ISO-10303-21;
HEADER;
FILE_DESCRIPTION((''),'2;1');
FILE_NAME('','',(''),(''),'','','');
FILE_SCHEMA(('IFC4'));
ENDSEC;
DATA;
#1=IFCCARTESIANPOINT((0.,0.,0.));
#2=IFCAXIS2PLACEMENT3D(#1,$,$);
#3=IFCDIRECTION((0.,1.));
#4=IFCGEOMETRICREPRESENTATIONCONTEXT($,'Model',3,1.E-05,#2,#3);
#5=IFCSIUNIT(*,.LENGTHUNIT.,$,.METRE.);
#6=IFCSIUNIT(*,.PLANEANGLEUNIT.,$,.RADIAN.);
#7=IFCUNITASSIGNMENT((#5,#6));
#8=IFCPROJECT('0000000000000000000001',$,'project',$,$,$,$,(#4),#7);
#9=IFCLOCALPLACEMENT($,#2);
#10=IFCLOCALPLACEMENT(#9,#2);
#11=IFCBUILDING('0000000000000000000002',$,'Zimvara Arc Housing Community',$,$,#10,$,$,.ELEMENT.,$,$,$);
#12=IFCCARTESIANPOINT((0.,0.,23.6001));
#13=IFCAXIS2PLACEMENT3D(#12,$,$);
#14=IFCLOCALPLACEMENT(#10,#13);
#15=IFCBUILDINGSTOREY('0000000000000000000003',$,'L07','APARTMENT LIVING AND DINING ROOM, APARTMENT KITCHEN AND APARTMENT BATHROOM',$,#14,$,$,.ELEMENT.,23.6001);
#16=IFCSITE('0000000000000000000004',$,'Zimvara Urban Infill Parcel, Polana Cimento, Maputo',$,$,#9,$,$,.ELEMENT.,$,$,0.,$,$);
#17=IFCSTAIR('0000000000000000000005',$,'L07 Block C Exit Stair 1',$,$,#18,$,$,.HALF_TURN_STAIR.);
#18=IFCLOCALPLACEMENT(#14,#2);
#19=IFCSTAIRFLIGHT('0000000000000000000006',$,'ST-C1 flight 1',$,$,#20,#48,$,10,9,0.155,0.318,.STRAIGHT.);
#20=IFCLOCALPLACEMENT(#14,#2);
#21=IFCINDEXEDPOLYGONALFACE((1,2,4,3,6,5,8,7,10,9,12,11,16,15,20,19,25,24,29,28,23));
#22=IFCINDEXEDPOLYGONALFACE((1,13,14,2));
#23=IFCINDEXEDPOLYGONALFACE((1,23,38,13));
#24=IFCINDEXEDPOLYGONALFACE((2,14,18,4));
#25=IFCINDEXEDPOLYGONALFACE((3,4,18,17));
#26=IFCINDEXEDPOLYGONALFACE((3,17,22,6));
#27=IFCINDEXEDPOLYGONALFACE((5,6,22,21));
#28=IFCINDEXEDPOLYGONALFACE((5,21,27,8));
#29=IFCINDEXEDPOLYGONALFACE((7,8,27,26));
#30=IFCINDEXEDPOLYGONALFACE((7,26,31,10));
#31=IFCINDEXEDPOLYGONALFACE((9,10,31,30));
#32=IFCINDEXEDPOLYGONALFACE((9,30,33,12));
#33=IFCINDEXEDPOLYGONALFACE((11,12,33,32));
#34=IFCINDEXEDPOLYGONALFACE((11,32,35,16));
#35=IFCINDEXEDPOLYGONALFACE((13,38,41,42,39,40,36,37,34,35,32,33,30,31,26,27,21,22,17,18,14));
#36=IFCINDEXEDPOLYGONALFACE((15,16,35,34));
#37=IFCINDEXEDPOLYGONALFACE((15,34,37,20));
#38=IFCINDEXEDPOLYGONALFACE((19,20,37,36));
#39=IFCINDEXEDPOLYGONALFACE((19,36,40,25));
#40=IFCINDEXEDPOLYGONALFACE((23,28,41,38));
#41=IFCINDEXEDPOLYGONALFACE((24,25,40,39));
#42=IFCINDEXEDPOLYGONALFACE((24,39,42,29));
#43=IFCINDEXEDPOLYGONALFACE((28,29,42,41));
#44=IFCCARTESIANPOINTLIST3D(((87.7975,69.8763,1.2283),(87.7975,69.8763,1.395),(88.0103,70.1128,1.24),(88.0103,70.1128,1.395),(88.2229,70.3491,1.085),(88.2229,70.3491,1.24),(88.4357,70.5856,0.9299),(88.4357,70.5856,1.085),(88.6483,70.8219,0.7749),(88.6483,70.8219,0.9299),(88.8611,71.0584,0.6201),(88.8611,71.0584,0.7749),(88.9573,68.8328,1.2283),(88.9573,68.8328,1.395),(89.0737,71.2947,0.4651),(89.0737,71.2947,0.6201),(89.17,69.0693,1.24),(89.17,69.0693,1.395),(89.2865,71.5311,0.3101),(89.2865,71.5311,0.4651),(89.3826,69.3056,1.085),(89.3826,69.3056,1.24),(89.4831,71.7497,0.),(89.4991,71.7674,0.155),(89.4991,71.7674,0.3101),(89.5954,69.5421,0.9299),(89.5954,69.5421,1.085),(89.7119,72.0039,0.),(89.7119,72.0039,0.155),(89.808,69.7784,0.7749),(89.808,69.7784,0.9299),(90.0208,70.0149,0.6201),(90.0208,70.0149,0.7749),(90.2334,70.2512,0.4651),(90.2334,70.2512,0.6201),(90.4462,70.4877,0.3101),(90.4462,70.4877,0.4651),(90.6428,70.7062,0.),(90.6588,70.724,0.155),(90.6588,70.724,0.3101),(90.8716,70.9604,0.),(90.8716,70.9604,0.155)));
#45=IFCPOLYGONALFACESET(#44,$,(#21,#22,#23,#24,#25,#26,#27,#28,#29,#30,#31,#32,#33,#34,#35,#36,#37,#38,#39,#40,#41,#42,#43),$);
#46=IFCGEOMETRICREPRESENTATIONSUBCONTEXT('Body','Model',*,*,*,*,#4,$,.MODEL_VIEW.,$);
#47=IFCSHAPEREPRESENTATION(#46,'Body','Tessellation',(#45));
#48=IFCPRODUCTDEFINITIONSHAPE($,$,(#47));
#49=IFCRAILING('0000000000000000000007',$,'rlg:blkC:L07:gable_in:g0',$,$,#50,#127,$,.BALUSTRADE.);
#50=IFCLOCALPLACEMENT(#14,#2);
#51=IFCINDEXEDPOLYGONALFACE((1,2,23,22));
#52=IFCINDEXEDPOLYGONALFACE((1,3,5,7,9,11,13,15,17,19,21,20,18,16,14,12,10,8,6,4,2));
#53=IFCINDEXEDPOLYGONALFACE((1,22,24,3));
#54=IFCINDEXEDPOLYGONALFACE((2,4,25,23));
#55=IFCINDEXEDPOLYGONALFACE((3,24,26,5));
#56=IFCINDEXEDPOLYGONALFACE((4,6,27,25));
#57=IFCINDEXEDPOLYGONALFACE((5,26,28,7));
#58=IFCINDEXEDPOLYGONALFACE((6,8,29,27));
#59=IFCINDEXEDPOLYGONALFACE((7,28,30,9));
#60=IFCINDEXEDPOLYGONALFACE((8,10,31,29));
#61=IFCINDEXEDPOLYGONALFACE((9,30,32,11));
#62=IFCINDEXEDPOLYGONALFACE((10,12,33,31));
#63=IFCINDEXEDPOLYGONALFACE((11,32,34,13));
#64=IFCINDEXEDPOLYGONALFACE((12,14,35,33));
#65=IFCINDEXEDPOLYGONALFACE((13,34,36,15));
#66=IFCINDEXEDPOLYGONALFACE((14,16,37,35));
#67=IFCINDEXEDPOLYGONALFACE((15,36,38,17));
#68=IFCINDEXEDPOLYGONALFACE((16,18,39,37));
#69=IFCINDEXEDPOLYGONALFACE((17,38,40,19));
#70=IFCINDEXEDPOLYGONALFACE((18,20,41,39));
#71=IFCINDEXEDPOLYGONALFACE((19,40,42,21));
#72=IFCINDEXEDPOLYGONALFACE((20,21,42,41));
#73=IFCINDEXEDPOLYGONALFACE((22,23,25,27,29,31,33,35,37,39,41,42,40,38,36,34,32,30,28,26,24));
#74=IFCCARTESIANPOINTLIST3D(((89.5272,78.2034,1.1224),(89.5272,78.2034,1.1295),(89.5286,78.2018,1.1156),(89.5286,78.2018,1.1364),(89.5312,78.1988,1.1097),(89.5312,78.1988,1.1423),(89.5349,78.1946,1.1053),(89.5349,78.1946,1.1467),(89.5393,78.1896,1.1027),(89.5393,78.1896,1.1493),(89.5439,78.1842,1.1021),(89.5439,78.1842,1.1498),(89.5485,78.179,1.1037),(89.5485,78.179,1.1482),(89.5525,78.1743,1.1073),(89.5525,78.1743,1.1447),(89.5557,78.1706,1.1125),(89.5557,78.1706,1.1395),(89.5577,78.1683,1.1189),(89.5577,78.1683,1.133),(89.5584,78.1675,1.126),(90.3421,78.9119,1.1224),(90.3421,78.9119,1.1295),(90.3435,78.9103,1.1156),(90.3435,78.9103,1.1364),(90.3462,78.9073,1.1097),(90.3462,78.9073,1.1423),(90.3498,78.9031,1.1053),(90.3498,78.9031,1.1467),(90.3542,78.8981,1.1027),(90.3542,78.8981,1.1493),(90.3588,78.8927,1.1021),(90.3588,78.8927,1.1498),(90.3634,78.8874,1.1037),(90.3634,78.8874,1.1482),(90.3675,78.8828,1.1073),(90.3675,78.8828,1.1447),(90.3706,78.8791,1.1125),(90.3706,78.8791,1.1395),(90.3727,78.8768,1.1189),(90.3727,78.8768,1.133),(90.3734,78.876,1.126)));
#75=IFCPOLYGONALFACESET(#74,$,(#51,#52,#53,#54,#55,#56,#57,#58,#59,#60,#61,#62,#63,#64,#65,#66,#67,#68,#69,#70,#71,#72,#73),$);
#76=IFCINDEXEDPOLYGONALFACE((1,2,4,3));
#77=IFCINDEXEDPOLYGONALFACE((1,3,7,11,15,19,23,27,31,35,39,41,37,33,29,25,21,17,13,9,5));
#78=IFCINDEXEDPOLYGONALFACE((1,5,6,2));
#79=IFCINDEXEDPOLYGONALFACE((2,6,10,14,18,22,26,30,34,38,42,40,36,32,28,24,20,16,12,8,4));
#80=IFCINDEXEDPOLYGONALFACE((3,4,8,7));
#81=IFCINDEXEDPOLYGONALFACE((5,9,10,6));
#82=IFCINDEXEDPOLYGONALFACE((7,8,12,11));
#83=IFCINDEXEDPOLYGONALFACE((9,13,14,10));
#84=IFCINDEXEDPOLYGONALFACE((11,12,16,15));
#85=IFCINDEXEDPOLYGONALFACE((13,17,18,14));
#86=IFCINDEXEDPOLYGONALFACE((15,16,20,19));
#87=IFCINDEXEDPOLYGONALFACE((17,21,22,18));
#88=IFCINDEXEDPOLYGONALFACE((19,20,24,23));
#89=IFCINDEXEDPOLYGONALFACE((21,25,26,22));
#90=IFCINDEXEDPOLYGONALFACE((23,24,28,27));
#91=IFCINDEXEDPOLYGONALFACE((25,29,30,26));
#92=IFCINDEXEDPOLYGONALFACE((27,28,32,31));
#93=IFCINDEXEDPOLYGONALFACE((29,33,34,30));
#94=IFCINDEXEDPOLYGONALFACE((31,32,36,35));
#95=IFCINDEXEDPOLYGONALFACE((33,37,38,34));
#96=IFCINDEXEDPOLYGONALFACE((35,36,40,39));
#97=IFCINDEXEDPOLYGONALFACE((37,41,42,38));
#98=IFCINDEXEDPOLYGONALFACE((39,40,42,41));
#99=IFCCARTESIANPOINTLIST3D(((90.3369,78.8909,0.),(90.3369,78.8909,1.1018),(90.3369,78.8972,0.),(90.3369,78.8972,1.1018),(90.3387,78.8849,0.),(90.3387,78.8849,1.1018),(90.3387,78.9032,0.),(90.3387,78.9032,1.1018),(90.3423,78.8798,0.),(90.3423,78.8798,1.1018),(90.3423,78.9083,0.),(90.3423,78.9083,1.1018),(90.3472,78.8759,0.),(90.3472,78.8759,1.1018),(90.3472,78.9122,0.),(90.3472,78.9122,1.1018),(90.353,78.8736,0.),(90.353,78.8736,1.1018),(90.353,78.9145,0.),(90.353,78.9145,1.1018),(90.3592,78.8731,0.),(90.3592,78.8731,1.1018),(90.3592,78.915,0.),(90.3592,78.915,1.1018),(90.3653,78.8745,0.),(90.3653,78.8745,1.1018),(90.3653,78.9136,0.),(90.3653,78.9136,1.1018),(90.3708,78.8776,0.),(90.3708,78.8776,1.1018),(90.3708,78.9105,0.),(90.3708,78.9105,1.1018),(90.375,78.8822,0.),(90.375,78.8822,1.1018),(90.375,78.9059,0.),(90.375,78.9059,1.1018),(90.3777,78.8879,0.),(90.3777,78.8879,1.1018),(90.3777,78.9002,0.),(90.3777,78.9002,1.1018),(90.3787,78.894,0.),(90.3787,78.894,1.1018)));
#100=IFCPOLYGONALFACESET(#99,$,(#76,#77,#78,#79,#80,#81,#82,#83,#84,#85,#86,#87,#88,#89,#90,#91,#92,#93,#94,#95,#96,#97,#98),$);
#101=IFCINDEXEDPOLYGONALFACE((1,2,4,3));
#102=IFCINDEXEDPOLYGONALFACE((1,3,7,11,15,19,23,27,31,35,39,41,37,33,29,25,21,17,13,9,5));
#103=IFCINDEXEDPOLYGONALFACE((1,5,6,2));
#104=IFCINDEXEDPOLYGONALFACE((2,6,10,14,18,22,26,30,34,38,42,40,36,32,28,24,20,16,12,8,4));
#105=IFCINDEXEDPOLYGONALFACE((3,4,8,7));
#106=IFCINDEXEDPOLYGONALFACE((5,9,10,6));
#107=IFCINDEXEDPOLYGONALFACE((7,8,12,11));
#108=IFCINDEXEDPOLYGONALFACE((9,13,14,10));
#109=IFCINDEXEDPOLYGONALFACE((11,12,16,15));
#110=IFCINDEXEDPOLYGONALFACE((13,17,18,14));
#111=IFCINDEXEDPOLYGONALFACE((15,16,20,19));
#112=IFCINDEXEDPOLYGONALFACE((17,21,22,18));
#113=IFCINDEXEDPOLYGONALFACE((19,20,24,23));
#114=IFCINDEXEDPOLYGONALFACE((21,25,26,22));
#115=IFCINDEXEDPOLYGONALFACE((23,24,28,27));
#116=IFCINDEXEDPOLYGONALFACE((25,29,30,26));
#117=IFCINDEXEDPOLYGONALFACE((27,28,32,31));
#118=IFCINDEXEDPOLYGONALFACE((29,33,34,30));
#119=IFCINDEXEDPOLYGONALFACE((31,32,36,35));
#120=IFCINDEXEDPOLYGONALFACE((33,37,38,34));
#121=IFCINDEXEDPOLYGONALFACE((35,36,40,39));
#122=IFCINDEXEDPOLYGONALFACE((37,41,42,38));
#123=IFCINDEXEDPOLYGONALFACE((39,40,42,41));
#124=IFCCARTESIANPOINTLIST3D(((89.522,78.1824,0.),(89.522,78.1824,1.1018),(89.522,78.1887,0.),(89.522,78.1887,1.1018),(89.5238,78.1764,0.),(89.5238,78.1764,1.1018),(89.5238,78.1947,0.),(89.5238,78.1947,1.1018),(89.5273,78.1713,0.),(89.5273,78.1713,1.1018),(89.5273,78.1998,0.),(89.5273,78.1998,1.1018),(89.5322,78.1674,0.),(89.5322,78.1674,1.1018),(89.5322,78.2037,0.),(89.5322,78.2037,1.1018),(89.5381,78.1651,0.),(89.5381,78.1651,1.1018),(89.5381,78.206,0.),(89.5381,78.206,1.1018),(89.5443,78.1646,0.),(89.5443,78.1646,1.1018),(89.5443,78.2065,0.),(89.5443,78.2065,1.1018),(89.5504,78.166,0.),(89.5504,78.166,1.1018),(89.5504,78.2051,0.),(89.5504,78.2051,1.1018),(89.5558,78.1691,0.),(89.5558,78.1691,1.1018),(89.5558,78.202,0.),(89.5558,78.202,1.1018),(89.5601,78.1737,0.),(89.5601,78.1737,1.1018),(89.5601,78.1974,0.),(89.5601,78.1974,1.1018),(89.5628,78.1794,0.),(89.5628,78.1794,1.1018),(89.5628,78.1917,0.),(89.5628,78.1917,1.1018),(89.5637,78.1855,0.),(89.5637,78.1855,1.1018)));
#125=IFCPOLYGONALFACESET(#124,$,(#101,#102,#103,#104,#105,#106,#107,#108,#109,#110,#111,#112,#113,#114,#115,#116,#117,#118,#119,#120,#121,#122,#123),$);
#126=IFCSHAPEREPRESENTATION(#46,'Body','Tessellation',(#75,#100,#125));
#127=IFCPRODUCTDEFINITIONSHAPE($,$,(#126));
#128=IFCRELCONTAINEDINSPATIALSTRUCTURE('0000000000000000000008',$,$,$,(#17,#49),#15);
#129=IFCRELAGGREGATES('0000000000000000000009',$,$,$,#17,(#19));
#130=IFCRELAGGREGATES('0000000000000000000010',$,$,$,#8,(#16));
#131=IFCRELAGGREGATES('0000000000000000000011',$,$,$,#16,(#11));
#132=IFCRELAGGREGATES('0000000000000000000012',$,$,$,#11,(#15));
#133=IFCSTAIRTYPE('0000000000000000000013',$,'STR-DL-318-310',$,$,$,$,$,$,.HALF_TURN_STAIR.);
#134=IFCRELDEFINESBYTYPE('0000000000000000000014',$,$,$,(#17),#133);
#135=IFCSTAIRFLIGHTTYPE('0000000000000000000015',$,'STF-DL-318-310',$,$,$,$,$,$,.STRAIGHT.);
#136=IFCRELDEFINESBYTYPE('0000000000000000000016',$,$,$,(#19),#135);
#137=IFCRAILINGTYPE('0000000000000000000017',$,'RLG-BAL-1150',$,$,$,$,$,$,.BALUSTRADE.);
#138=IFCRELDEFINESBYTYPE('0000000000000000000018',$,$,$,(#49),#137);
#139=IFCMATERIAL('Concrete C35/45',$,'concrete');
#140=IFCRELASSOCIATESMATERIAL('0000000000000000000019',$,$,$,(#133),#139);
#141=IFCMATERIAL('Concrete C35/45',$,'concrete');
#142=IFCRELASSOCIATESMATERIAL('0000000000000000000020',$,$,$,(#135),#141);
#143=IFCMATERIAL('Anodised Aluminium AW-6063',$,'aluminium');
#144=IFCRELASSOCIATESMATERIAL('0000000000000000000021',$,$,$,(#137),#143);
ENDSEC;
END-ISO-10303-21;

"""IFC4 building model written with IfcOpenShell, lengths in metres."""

from ifc_helpers import new_model, si_unit, direction, frame, origin, origin_2d, place, context, subcontext, project, spatial, polyline, circle, outline, extrude, material, type_object, element, aggregate, save


model = new_model("IFC4")

# Units and contexts
model_context = context("Model", 3, precision=1e-05, world=origin(), true_north=direction((0.0, 1.0)))
body_context = subcontext(model_context, "Body", "Model", "MODEL_VIEW")
ifc_project = project(units=[si_unit("LENGTHUNIT", "METRE"), si_unit("PLANEANGLEUNIT", "RADIAN")], contexts=[model_context])

# Site, building, storey
site_placement = place(None, origin())
site = spatial("IfcSite", under=ifc_project, at=site_placement, Name="Zimvara Urban Infill Parcel, Polana Cimento, Maputo", CompositionType="ELEMENT", RefElevation=0.0)
building_placement = place(site_placement, origin())
building = spatial("IfcBuilding", under=site, at=building_placement, Name="Zimvara Arc Housing Community", CompositionType="ELEMENT")
storey_placement = place(building_placement, frame((0.0, 0.0, 23.6001)))
storey = spatial("IfcBuildingStorey", under=building, at=storey_placement, Name="L07", Description="APARTMENT LIVING AND DINING ROOM, APARTMENT KITCHEN AND APARTMENT BATHROOM", CompositionType="ELEMENT", Elevation=23.6001)

# Stair, stair flight
ifc_material_1 = material(Name="Concrete C35/45", Category="concrete")
stair_type = type_object("IfcStairType", Name="STR-DL-318-310", PredefinedType="HALF_TURN_STAIR", material=ifc_material_1)
stair_placement = place(storey_placement, origin())
stair = element("IfcStair", 1, at=stair_placement, inside=storey, type_object=stair_type, Name="L07 Block C Exit Stair 1", PredefinedType="HALF_TURN_STAIR")
ifc_material_2 = material(Name="Concrete C35/45", Category="concrete")
stair_flight_type = type_object("IfcStairFlightType", Name="STF-DL-318-310", PredefinedType="STRAIGHT", material=ifc_material_2)
stair_flight_placement = place(storey_placement, frame((90.2917, 71.4822, 0.0), z_axis=(0.0, 0.0, 1.0), x_axis=(-0.668871, -0.743378, 0.0)))
stair_flight = element("IfcStairFlight", 2, at=stair_flight_placement, type_object=stair_flight_type, Name="ST-C1 flight 1", NumberOfRisers=10, NumberOfTreads=9, PredefinedType="STRAIGHT", RiserHeight=0.155, TreadLength=0.318, context=body_context, shape_type="SweptSolid", body=[
    extrude(outline(polyline([(0.0, 0.0), (0.0, 0.155), (0.3181, 0.155), (0.3181, 0.3101), (0.636, 0.3101), (0.636, 0.4651), (0.9541, 0.4651), (0.9541, 0.6201), (1.272, 0.6201), (1.272, 0.7749), (1.5901, 0.7749), (1.5901, 0.9299), (1.908, 0.9299), (1.908, 1.085), (2.2261, 1.085), (2.2261, 1.24), (2.5439, 1.24), (2.5439, 1.395), (2.8621, 1.395), (2.8621, 1.55), (2.8621, 1.2283), (0.342, 0.0), (0.0, 0.0)])), frame((0.0, 0.78, 0.0), z_axis=(0.0, -1.0, 0.0), x_axis=(1.0, 0.0, 0.0)), (0.0, 0.0, 1.0), 1.5601),
])
aggregate(stair, [stair_flight])

# Railing
ifc_material_3 = material(Name="Anodised Aluminium AW-6063", Category="aluminium")
railing_type_1 = type_object("IfcRailingType", Name="RLG-BAL-1150", PredefinedType="BALUSTRADE", material=ifc_material_3)
railing_1_placement = place(storey_placement, frame((90.3577, 78.894, 0.0)))
element("IfcRailing", 3, at=railing_1_placement, inside=storey, type_object=railing_type_1, Name="rlg:blkC:L07:gable_in:g0", PredefinedType="BALUSTRADE", context=body_context, shape_type="SweptSolid", body=[
    extrude(circle(Radius=0.0239, at=origin_2d()), frame((0.0, 0.0, 1.126), z_axis=(-0.754674, -0.6561, 0.0), x_axis=(0.6561, -0.754674, 0.0)), (0.0, 0.0, 1.0), 1.0798),
    extrude(circle(Radius=0.021, at=origin_2d()), origin(), (0.0, 0.0, 1.0), 1.1018),
    extrude(circle(Radius=0.021, at=origin_2d()), frame((-0.8149, -0.7085, 0.0)), (0.0, 0.0, 1.0), 1.1018),
])

save(model, "model.ifc")
